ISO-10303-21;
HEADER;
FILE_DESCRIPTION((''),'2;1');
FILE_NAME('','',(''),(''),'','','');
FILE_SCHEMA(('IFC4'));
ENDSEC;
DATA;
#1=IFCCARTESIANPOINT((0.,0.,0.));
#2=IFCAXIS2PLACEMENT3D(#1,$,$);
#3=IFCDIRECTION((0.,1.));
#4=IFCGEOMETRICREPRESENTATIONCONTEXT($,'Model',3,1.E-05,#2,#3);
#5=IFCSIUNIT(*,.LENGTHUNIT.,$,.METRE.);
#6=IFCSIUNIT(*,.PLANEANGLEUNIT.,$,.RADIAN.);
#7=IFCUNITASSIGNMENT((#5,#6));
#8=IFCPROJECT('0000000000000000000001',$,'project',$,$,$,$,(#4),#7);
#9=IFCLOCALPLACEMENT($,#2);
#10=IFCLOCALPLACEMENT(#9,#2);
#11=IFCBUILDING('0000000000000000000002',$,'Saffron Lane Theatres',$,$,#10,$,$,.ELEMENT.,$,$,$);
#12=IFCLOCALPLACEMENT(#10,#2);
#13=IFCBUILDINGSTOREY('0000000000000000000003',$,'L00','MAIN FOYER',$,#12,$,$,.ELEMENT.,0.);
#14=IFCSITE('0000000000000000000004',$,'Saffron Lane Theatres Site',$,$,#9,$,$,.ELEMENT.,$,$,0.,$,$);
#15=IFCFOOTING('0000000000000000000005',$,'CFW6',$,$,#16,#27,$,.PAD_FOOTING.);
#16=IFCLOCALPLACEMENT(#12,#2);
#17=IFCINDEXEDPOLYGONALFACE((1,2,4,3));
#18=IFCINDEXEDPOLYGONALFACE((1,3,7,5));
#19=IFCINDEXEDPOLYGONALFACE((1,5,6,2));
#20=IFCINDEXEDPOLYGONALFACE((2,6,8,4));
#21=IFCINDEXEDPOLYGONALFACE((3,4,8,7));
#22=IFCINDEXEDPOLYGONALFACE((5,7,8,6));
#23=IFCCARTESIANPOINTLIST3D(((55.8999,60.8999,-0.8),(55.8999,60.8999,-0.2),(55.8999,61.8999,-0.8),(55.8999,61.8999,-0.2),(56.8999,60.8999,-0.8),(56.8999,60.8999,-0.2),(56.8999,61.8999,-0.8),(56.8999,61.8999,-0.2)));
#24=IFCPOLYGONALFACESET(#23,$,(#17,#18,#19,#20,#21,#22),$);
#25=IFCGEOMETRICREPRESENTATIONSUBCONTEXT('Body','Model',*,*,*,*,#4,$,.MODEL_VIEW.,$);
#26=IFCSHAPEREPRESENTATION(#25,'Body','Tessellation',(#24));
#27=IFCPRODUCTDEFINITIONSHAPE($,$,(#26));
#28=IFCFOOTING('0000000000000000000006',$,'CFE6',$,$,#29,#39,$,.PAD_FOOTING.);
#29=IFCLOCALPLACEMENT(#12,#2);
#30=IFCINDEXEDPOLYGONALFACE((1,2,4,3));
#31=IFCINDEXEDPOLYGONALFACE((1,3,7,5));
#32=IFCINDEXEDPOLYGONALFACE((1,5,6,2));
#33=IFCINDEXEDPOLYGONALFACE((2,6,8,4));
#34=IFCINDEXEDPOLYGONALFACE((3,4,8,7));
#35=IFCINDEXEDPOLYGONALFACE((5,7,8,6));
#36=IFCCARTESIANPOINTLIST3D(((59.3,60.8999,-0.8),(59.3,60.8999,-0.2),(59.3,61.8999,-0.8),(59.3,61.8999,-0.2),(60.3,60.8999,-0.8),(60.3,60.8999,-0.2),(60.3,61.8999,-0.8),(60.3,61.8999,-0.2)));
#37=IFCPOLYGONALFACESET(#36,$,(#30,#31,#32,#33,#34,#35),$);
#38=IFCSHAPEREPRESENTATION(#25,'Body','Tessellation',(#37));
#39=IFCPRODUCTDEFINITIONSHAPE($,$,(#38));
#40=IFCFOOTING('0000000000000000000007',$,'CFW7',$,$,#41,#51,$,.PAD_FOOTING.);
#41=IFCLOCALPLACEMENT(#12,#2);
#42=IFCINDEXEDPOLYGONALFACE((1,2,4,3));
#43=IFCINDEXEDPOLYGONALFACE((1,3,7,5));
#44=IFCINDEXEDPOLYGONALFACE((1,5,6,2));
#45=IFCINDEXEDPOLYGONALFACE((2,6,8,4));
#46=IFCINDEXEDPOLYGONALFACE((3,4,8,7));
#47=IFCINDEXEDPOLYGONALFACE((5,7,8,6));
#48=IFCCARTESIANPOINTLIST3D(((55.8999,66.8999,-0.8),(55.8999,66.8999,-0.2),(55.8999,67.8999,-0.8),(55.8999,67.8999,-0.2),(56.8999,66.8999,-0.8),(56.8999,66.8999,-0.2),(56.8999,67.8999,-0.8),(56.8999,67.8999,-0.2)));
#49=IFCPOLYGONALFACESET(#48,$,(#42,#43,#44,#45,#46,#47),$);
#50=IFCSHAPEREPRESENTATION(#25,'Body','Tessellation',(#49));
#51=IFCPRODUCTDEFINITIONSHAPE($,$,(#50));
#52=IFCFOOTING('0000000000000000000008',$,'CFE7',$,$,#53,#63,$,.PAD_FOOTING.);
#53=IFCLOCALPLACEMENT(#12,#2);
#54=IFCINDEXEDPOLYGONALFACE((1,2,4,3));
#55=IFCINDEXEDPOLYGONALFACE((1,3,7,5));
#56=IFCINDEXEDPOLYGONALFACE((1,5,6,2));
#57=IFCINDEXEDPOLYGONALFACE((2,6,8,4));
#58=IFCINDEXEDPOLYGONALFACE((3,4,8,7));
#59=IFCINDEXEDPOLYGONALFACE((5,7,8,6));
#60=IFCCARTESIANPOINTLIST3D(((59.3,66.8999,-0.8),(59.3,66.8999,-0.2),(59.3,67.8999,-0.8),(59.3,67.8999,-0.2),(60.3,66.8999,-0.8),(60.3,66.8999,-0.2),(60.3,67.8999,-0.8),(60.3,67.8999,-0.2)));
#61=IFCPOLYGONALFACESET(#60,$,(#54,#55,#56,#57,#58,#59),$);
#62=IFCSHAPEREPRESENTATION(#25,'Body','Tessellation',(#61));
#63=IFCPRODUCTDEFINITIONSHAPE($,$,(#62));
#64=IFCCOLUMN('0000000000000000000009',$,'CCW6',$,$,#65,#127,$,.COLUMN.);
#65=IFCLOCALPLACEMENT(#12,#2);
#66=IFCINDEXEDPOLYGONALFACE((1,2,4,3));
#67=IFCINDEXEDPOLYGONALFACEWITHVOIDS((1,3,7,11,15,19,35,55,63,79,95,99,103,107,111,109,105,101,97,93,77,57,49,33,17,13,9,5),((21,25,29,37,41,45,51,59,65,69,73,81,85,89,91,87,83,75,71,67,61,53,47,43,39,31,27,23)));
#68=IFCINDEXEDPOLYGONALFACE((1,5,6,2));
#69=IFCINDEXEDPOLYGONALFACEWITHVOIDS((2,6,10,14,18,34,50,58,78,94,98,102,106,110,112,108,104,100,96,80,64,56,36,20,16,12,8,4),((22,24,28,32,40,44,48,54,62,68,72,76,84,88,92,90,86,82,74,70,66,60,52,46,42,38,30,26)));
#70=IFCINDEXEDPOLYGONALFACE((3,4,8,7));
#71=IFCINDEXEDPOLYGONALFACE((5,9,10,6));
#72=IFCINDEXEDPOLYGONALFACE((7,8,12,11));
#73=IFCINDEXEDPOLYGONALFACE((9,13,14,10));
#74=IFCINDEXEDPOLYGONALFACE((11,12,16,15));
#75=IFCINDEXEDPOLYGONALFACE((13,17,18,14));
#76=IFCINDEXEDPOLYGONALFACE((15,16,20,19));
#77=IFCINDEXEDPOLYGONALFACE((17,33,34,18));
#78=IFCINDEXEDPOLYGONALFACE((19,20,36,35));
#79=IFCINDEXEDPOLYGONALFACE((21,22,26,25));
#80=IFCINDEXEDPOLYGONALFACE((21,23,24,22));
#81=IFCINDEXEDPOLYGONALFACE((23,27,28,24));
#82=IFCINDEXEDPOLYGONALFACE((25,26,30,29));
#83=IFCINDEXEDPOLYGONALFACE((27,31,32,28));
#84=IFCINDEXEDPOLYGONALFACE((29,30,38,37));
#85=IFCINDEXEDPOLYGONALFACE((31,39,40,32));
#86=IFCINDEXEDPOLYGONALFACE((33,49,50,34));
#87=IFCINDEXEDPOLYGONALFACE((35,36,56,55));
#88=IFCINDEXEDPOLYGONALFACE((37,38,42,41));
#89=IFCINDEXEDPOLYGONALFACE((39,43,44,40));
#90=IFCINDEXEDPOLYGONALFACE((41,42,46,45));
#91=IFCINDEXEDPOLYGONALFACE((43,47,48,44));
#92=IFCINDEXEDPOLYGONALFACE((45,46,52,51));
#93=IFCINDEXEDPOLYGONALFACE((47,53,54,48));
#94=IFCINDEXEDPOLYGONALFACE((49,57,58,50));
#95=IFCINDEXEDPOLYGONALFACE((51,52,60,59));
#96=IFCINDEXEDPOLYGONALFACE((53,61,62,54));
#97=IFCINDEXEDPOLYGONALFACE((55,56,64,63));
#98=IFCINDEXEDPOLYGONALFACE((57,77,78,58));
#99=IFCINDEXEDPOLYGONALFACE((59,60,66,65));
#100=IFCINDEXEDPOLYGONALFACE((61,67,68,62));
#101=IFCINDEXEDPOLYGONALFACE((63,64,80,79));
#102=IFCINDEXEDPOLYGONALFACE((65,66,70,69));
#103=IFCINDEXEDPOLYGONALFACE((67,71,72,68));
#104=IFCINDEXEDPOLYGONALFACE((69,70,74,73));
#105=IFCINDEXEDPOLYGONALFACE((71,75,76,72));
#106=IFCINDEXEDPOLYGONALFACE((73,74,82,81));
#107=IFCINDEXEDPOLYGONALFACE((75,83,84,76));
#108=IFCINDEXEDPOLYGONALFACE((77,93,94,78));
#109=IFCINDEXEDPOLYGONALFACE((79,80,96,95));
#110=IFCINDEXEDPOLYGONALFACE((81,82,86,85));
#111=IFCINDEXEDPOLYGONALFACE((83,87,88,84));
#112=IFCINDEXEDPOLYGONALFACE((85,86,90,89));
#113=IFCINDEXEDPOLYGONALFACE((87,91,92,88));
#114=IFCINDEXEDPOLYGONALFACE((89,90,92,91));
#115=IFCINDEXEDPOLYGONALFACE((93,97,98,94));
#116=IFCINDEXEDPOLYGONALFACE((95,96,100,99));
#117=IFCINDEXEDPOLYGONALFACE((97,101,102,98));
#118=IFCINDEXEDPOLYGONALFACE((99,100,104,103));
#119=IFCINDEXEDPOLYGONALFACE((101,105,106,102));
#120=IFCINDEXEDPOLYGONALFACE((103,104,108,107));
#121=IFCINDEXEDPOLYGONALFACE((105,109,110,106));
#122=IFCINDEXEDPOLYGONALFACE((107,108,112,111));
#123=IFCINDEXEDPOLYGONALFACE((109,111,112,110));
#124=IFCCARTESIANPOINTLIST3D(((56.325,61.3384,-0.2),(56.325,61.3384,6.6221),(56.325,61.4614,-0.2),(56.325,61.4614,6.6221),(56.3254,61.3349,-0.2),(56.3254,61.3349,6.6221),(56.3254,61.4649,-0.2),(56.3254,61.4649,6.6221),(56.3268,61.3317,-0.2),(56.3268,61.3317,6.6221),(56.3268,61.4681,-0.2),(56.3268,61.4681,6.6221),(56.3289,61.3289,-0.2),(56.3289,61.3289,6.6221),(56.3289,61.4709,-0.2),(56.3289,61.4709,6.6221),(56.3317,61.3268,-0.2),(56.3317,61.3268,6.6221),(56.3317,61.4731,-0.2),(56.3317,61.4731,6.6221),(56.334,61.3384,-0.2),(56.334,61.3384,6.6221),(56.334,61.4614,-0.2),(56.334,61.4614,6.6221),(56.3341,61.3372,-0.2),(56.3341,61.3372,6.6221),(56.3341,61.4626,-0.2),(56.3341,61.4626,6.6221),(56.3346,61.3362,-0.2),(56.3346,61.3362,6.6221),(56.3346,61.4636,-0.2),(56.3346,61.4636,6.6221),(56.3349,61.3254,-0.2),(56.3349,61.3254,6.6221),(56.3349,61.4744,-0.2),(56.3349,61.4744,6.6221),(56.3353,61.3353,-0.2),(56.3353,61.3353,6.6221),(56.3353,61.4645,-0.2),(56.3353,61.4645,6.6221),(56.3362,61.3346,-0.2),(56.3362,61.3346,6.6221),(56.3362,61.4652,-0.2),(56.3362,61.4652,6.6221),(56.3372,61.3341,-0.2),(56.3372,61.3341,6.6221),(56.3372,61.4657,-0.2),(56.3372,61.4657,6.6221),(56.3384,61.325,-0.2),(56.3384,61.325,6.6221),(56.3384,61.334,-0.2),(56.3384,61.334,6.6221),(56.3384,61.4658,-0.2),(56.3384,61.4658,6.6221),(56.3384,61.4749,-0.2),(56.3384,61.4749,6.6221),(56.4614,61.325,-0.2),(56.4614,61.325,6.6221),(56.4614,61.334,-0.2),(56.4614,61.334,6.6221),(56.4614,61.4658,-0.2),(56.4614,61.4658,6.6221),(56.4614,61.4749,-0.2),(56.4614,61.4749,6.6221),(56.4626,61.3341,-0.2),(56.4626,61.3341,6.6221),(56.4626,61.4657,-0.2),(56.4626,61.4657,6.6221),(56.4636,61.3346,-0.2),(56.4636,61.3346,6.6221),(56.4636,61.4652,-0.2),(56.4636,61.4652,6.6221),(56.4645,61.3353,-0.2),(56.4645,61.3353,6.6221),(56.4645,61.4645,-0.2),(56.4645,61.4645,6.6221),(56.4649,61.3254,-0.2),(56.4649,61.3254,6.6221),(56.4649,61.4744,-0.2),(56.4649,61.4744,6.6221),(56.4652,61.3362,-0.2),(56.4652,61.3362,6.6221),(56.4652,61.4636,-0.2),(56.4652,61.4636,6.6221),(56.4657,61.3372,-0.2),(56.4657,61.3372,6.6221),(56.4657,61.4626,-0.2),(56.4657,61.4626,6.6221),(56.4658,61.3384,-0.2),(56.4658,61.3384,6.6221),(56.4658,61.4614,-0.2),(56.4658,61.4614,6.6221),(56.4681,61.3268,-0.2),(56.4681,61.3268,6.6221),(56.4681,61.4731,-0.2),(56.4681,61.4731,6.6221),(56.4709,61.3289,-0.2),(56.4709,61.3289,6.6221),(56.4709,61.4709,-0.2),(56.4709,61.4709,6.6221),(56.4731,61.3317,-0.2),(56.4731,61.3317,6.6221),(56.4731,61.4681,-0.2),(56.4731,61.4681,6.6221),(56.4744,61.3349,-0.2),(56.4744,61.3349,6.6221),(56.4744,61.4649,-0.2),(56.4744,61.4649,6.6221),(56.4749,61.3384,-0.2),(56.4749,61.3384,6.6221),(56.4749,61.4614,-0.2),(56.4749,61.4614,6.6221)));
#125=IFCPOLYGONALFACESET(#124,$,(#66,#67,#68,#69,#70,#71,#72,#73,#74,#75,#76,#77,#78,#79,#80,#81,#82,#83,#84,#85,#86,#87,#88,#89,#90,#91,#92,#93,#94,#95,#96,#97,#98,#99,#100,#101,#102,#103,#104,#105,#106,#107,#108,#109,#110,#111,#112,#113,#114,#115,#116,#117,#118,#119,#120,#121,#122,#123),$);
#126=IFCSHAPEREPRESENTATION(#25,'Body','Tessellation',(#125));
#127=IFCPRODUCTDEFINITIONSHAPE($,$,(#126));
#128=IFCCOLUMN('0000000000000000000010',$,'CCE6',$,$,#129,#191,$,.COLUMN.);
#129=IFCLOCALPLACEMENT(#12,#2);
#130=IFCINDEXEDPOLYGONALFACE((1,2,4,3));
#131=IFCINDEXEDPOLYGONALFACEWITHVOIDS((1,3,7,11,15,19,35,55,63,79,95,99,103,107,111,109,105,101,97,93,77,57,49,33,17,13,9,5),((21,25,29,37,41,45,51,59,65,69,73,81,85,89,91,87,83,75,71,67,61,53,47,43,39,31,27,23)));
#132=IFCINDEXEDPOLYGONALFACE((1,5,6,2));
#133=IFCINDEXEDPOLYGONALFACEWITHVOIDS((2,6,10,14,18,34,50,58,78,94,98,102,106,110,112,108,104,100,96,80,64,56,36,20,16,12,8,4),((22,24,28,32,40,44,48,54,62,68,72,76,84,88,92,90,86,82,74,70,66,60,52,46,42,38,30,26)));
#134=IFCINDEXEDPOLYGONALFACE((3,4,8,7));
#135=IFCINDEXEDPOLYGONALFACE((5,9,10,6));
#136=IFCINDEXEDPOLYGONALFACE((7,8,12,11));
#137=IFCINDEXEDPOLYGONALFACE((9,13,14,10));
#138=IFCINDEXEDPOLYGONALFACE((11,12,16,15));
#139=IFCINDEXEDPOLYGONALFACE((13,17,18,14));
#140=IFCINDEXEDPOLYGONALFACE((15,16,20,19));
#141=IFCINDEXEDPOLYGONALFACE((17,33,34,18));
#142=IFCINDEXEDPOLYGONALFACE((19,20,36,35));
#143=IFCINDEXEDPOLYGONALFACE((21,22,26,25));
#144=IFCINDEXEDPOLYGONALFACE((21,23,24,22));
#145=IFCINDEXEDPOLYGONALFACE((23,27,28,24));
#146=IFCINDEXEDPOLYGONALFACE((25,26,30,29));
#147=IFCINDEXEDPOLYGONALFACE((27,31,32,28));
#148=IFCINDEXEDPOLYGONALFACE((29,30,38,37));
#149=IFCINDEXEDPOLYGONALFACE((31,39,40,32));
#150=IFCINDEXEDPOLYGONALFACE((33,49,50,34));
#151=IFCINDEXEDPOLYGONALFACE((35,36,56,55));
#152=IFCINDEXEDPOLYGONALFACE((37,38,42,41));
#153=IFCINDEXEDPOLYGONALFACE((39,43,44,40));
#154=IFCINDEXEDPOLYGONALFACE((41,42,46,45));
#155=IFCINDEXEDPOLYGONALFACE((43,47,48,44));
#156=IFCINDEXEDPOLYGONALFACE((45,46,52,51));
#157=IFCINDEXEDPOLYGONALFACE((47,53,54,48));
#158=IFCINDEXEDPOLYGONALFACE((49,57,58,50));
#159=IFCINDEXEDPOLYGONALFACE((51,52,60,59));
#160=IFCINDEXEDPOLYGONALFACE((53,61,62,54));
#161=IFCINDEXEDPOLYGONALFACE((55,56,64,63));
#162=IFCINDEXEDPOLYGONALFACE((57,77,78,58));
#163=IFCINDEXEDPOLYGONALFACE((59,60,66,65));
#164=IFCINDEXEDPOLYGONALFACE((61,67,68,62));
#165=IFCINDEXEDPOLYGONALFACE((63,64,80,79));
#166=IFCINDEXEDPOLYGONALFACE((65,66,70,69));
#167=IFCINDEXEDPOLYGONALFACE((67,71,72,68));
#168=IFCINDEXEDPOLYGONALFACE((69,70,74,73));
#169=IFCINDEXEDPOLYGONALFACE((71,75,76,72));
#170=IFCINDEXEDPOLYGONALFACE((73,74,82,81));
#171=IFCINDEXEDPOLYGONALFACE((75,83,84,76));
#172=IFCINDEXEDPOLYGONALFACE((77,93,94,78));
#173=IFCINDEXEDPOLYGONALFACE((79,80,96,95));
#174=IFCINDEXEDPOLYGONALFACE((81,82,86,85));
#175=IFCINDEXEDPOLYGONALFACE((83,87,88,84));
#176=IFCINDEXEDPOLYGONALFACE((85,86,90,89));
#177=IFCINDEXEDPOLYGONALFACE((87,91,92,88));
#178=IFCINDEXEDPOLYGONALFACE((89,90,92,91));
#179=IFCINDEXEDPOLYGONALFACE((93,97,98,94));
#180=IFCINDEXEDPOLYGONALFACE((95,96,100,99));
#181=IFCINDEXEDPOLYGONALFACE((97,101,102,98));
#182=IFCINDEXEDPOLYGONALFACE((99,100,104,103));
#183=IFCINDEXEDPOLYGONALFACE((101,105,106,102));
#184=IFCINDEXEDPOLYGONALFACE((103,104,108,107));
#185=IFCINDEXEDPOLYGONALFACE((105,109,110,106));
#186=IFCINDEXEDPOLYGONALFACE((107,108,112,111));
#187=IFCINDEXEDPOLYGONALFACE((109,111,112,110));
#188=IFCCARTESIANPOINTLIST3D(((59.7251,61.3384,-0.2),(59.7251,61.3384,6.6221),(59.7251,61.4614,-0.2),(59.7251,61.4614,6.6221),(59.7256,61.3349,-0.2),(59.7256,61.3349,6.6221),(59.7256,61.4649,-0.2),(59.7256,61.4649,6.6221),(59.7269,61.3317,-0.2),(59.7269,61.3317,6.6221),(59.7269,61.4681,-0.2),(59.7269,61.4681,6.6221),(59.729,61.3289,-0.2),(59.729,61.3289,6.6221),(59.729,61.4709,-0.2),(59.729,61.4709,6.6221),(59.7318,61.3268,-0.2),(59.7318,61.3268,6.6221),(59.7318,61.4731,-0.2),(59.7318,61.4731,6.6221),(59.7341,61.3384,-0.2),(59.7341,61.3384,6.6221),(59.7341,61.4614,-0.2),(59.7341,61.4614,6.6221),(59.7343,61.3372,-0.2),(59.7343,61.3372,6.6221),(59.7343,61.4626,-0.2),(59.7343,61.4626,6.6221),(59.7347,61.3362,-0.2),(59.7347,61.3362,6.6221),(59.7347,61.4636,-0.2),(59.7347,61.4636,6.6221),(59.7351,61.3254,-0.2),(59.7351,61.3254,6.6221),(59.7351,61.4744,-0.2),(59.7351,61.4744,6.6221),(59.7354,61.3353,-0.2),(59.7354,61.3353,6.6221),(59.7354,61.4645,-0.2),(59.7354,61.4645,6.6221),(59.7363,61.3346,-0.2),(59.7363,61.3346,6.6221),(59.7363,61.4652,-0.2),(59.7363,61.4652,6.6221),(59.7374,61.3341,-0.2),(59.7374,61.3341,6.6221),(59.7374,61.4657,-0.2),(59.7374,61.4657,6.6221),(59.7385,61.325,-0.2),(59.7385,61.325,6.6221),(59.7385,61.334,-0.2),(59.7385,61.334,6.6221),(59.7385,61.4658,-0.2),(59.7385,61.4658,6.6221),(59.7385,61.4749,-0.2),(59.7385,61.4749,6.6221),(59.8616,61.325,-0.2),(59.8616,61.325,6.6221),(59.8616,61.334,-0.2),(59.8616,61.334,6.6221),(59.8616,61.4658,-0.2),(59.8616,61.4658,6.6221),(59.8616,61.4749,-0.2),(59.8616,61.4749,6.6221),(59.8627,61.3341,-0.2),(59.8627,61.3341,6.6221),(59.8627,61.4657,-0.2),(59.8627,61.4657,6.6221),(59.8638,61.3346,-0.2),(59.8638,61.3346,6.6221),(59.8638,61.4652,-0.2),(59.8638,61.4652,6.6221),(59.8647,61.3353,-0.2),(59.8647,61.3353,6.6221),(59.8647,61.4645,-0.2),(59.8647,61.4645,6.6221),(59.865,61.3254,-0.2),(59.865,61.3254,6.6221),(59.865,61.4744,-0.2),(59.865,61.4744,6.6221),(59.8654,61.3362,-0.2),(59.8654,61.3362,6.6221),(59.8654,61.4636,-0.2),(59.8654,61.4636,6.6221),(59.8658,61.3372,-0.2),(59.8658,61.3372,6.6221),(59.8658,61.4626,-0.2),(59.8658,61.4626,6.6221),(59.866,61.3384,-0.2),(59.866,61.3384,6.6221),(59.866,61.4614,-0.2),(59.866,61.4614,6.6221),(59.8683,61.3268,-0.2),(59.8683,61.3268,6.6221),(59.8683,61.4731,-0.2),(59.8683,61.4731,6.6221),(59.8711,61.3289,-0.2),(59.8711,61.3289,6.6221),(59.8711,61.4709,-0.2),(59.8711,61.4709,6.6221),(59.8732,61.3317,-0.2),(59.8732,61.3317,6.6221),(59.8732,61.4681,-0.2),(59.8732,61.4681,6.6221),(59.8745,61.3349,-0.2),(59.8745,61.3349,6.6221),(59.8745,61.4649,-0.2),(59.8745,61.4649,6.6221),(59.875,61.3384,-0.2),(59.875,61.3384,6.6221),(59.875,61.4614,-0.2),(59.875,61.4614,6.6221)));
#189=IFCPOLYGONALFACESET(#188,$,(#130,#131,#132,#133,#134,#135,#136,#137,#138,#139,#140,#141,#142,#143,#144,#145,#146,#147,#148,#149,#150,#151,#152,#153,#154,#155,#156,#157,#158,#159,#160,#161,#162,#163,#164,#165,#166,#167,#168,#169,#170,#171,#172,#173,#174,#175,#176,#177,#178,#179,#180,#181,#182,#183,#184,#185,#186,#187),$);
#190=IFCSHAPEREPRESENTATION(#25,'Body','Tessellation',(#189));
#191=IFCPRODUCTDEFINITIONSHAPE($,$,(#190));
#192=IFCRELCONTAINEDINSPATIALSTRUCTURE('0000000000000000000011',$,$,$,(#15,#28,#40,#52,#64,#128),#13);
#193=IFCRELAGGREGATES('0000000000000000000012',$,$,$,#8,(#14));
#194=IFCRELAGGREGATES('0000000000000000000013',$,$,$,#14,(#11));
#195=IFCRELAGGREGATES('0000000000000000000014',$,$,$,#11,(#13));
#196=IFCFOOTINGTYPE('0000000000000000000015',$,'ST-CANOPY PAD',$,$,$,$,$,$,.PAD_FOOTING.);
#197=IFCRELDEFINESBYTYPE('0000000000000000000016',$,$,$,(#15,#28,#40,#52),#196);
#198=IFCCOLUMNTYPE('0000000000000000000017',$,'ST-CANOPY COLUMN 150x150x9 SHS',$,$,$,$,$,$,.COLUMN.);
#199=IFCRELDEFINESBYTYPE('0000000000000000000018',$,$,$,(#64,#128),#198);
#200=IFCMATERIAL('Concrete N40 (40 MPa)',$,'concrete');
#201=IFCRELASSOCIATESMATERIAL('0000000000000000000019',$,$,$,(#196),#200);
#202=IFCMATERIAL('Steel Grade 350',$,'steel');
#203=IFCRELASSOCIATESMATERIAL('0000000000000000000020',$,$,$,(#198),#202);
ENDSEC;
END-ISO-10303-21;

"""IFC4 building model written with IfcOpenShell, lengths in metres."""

from ifc_helpers import new_model, si_unit, direction, frame, origin, origin_2d, place, context, subcontext, project, spatial, rectangle, hollow_rectangle, extrude, material, material_profile, profile_set, type_object, element, save


model = new_model("IFC4")

# Units and contexts
model_context = context("Model", 3, precision=1e-05, world=origin(), true_north=direction((0.0, 1.0)))
body_context = subcontext(model_context, "Body", "Model", "MODEL_VIEW")
ifc_project = project(units=[si_unit("LENGTHUNIT", "METRE"), si_unit("PLANEANGLEUNIT", "RADIAN")], contexts=[model_context])

# Site, building, storey
site_placement = place(None, origin())
site = spatial("IfcSite", under=ifc_project, at=site_placement, Name="Saffron Lane Theatres Site", CompositionType="ELEMENT", RefElevation=0.0)
building_placement = place(site_placement, origin())
building = spatial("IfcBuilding", under=site, at=building_placement, Name="Saffron Lane Theatres", CompositionType="ELEMENT")
storey_placement = place(building_placement, origin())
storey = spatial("IfcBuildingStorey", under=building, at=storey_placement, Name="L00", Description="MAIN FOYER", CompositionType="ELEMENT", Elevation=0.0)

# Footings
ifc_material_1 = material(Name="Concrete N40 (40 MPa)", Category="concrete")
footing_type = type_object("IfcFootingType", Name="ST-CANOPY PAD", PredefinedType="PAD_FOOTING", material=ifc_material_1)
for number, where, z_axis, x_axis, name in (
    (1, (56.3999, 61.3999, -0.8), (0.0, 0.0, 1.0), (1.0, 0.0, 0.0), "CFW6"),
    (2, (59.8, 61.3999, -0.8), (0.0, 0.0, 1.0), (1.0, 0.0, 0.0), "CFE6"),
    (3, (56.3999, 67.3999, -0.8), (0.0, 0.0, 1.0), (1.0, 0.0, 0.0), "CFW7"),
    (4, (59.8, 67.3999, -0.8), (0.0, 0.0, 1.0), (1.0, 0.0, 0.0), "CFE7"),
):
    element("IfcFooting", number, at=place(storey_placement, frame(where, z_axis=z_axis, x_axis=x_axis)), inside=storey, type_object=footing_type, Name=name, PredefinedType="PAD_FOOTING", context=body_context, shape_type="SweptSolid", body=[
        extrude(rectangle(XDim=1.0, YDim=1.0, at=origin_2d()), origin(), (0.0, 0.0, 1.0), 0.6001),
    ])

# Columns
ifc_material_2 = material(Name="Steel Grade 350", Category="steel")
ifc_material_profile_1 = material_profile(ifc_material_2, hollow_rectangle(XDim=0.1499, YDim=0.1499, WallThickness=0.009, InnerFilletRadius=0.0044, OuterFilletRadius=0.0134, at=origin_2d()))
ifc_profile_set_1 = profile_set([ifc_material_profile_1], Name="Steel Grade 350")
column_type = type_object("IfcColumnType", Name="ST-CANOPY COLUMN 150x150x9 SHS", PredefinedType="COLUMN", material=ifc_profile_set_1)
for number, where, z_axis, x_axis, name in (
    (5, (56.3999, 61.3999, -0.2), (0.0, 0.0, 1.0), (1.0, 0.0, 0.0), "CCW6"),
    (6, (59.8, 61.3999, -0.2), (0.0, 0.0, 1.0), (1.0, 0.0, 0.0), "CCE6"),
):
    element("IfcColumn", number, at=place(storey_placement, frame(where, z_axis=z_axis, x_axis=x_axis)), inside=storey, type_object=column_type, Name=name, PredefinedType="COLUMN", context=body_context, shape_type="SweptSolid", body=[
        extrude(hollow_rectangle(XDim=0.1499, YDim=0.1499, WallThickness=0.009, InnerFilletRadius=0.0044, OuterFilletRadius=0.0134, at=origin_2d()), origin(), (0.0, 0.0, 1.0), 6.822),
    ])

save(model, "model.ifc")
